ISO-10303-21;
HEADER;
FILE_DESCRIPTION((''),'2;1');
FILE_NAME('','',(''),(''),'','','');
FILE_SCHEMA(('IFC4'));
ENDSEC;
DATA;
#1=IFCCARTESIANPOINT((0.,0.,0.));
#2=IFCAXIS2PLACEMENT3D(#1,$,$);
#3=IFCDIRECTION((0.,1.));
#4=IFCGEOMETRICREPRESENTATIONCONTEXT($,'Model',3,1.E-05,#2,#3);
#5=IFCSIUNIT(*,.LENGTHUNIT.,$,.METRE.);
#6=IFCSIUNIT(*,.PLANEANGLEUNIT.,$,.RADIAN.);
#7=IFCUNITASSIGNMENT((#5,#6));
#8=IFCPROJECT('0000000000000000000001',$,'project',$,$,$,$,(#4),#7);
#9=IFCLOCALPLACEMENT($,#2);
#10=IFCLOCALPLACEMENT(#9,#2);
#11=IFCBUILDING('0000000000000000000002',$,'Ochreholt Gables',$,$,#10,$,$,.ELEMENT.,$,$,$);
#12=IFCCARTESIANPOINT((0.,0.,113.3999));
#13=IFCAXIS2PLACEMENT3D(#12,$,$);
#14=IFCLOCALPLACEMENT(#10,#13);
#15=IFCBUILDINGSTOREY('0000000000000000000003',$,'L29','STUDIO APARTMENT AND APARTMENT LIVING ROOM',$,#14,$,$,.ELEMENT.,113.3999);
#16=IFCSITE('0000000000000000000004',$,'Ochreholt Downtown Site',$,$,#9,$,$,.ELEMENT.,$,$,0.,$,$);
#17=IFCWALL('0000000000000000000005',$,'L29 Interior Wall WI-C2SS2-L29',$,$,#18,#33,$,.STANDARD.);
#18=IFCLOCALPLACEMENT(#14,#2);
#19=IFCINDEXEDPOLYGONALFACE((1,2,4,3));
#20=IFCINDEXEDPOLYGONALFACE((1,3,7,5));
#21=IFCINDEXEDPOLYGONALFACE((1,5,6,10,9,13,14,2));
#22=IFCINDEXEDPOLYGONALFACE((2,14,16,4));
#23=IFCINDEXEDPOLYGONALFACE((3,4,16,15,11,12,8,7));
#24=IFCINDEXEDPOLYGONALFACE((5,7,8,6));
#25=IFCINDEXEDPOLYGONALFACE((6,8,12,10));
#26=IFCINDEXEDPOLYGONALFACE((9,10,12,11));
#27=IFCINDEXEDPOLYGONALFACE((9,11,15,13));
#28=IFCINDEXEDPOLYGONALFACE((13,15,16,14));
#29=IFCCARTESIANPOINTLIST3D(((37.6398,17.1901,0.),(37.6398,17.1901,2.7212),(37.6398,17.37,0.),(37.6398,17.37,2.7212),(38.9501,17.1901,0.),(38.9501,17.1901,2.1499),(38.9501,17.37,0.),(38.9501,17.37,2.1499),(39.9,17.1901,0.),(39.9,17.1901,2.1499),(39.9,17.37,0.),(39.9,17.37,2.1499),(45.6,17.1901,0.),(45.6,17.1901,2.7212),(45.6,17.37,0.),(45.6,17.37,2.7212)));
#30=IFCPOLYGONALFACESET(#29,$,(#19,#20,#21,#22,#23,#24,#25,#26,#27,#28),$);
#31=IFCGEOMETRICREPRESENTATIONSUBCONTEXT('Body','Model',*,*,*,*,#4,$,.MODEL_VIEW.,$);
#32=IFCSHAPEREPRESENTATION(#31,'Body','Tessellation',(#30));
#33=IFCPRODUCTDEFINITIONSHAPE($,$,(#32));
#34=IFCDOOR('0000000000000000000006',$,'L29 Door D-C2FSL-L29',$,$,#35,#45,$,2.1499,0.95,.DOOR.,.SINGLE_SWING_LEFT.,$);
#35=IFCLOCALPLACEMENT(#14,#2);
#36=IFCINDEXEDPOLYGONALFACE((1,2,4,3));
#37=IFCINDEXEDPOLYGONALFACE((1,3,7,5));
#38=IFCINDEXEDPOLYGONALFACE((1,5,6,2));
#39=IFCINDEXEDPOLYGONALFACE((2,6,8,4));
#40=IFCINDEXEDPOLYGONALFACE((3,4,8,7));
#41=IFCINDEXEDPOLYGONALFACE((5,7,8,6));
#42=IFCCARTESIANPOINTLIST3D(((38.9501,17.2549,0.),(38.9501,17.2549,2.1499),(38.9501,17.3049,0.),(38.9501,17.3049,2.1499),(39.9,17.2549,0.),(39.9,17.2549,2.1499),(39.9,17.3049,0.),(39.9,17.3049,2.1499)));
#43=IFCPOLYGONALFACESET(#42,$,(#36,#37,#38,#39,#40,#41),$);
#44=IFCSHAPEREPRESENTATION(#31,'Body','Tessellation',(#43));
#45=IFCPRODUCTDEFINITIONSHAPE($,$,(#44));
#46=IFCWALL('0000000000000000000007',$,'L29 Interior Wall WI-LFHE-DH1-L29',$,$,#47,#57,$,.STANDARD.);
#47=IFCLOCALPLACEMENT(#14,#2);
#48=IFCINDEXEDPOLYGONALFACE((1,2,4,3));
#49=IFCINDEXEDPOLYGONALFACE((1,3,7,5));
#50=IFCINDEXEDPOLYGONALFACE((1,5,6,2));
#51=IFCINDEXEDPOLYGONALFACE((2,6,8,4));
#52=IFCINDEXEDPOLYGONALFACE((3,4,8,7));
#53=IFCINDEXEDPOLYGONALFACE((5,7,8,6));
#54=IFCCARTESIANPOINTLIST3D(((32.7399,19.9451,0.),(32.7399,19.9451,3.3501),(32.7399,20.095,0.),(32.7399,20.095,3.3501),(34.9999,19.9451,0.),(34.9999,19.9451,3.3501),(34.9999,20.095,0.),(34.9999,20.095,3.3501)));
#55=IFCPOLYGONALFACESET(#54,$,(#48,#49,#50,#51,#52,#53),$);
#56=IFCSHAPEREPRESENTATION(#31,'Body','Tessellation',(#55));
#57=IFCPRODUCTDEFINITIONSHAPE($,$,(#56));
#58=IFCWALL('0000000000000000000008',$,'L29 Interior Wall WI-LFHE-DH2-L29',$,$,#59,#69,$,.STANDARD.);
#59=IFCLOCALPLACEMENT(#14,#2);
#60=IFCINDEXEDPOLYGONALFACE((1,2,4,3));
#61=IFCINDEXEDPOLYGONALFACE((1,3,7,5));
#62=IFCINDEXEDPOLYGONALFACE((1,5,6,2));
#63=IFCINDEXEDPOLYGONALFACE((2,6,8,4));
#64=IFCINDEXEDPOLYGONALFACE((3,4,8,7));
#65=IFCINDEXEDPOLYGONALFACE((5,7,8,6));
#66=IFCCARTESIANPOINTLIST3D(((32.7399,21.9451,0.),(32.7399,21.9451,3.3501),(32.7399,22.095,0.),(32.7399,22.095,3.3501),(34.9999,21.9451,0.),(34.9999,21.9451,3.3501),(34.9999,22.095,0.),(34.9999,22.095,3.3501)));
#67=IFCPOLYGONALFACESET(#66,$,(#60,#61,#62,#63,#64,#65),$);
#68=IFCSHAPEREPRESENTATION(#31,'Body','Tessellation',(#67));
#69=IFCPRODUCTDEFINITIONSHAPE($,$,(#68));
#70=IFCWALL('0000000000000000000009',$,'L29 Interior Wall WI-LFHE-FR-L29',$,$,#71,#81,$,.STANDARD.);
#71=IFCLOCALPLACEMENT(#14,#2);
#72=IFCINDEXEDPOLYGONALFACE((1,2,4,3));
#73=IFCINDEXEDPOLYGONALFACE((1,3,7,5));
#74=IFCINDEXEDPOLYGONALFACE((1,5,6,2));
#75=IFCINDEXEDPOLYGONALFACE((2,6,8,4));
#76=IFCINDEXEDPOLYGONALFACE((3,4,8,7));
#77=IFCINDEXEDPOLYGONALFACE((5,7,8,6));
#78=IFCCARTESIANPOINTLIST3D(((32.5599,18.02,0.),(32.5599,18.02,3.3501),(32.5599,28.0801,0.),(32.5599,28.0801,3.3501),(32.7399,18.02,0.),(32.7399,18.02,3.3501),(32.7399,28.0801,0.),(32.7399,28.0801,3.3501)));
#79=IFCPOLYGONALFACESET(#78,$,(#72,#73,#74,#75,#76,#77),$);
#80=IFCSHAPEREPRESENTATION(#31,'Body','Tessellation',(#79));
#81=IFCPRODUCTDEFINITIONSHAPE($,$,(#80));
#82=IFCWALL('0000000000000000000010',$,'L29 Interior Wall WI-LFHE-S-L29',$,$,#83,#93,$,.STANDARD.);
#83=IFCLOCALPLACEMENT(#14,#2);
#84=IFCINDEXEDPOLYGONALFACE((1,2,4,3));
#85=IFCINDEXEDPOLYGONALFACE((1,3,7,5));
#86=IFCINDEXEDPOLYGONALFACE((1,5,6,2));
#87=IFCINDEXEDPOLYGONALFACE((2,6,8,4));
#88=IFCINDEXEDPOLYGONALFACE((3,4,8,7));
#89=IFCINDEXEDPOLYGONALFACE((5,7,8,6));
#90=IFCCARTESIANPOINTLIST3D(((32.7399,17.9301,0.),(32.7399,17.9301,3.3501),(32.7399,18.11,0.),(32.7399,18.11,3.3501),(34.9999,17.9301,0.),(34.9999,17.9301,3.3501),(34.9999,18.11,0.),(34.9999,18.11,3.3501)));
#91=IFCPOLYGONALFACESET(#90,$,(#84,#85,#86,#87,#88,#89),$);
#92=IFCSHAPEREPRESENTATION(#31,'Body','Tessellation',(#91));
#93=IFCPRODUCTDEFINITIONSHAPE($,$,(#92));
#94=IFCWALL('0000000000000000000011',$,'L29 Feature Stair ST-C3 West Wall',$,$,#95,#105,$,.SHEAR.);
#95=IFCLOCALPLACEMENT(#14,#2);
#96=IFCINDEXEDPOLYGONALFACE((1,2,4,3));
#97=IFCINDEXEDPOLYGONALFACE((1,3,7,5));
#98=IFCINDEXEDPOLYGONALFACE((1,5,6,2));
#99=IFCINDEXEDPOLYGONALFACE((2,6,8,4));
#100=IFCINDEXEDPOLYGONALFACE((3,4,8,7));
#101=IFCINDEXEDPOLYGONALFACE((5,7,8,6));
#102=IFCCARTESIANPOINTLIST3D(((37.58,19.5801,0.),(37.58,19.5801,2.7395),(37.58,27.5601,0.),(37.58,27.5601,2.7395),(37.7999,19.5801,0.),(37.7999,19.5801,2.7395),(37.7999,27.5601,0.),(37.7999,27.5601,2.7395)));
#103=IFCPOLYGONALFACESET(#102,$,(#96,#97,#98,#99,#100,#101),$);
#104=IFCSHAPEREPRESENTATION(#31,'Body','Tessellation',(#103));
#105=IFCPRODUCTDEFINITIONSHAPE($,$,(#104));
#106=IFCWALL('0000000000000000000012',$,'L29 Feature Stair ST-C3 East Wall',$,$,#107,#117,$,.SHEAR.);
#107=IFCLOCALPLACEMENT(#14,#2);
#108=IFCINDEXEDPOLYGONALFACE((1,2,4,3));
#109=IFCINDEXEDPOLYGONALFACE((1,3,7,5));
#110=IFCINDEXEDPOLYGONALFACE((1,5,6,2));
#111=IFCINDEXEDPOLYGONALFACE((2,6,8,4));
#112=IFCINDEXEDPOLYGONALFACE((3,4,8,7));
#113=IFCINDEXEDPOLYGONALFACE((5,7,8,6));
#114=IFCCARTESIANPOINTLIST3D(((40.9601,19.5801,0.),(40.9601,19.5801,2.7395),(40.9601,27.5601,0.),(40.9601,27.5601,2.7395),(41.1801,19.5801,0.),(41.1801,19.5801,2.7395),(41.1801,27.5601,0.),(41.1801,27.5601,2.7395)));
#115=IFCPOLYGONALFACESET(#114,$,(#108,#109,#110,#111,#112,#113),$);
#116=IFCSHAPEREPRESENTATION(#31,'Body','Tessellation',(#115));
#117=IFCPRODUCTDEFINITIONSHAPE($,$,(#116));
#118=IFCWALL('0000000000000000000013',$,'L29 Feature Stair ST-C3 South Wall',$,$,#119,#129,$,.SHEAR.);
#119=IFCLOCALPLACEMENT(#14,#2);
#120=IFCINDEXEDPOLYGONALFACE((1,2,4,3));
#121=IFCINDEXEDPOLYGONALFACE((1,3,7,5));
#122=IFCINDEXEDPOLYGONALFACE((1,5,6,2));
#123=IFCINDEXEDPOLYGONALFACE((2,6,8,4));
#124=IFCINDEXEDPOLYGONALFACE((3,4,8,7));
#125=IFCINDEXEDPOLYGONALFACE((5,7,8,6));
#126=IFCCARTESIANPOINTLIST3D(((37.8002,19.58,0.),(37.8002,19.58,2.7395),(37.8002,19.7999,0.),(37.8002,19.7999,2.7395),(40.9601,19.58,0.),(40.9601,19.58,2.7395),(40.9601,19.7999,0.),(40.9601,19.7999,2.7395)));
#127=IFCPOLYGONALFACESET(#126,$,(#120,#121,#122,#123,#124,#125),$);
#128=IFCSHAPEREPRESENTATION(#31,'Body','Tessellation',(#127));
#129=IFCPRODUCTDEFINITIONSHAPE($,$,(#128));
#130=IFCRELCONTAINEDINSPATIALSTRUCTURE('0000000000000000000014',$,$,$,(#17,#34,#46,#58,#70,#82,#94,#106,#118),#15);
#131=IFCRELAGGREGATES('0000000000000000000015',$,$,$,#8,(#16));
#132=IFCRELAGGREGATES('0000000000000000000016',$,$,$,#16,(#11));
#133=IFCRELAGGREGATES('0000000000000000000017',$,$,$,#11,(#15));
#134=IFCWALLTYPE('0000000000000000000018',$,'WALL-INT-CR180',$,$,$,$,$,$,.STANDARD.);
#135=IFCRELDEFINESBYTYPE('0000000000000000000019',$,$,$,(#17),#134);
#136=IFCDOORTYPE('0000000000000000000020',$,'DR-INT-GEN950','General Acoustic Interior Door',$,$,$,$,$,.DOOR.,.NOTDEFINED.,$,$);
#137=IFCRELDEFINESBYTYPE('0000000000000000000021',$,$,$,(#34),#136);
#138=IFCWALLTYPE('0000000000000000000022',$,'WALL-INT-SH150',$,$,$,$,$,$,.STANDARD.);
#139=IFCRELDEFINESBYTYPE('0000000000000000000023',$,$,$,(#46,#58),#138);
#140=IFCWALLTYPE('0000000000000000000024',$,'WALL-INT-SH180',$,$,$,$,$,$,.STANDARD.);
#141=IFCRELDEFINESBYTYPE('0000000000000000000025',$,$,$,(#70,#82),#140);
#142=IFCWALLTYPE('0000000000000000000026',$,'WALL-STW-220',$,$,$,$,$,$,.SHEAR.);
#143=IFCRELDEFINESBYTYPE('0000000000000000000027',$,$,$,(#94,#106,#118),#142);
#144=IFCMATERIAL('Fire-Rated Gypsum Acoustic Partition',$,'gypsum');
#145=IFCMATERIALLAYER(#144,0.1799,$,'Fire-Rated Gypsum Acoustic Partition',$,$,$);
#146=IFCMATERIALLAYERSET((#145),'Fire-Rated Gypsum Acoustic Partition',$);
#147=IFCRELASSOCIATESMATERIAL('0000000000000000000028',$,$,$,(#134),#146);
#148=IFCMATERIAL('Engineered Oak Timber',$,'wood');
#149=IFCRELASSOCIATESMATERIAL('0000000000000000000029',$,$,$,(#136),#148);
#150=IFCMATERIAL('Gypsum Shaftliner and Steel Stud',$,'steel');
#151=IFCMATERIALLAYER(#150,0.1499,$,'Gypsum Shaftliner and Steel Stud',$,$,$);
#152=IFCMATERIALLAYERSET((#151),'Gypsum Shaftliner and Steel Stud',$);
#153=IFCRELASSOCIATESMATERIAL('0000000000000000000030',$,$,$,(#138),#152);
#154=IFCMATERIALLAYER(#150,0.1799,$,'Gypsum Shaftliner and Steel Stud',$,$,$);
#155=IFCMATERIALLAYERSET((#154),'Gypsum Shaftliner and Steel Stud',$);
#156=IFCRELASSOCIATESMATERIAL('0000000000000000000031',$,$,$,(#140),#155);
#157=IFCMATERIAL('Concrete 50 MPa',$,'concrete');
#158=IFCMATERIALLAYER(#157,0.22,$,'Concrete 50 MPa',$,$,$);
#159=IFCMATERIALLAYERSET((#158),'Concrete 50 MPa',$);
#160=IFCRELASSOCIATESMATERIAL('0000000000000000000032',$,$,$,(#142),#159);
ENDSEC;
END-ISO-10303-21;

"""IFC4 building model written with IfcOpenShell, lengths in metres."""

from ifc_helpers import new_model, si_unit, direction, frame, frame_2d, origin, place, context, subcontext, project, spatial, rectangle, extrude, material, layer, layer_set, type_object, element, fill, save


model = new_model("IFC4")

# Units and contexts
model_context = context("Model", 3, precision=1e-05, world=origin(), true_north=direction((0.0, 1.0)))
body_context = subcontext(model_context, "Body", "Model", "MODEL_VIEW")
ifc_project = project(units=[si_unit("LENGTHUNIT", "METRE"), si_unit("PLANEANGLEUNIT", "RADIAN")], contexts=[model_context])

# Site, building, storey
site_placement = place(None, origin())
site = spatial("IfcSite", under=ifc_project, at=site_placement, Name="Ochreholt Downtown Site", CompositionType="ELEMENT", RefElevation=0.0)
building_placement = place(site_placement, origin())
building = spatial("IfcBuilding", under=site, at=building_placement, Name="Ochreholt Gables", CompositionType="ELEMENT")
storey_placement = place(building_placement, frame((0.0, 0.0, 113.3999)))
storey = spatial("IfcBuildingStorey", under=building, at=storey_placement, Name="L29", Description="STUDIO APARTMENT AND APARTMENT LIVING ROOM", CompositionType="ELEMENT", Elevation=113.3999)

# Shared definitions
ifc_material_1 = material(Name="Fire-Rated Gypsum Acoustic Partition", Category="gypsum")
ifc_layer_1 = layer(ifc_material_1, 0.1799, Name="Fire-Rated Gypsum Acoustic Partition")
ifc_layer_set_1 = layer_set([ifc_layer_1], Name="Fire-Rated Gypsum Acoustic Partition")
wall_type_1 = type_object("IfcWallType", Name="WALL-INT-CR180", PredefinedType="STANDARD", material=ifc_layer_set_1)

# Wall, opening, door
ifc_material_2 = material(Name="Engineered Oak Timber", Category="wood")
wall_1_placement = place(storey_placement, frame((37.6399, 17.28, 0.0), z_axis=(0.0, 0.0, 1.0), x_axis=(1.0, 0.0, 0.0)))
wall_1 = element("IfcWall", 1, at=wall_1_placement, inside=storey, type_object=wall_type_1, Name="L29 Interior Wall WI-C2SS2-L29", PredefinedType="STANDARD", context=body_context, shape_type="SweptSolid", body=[
    extrude(rectangle(XDim=7.9602, YDim=0.1799, at=frame_2d((3.98, 0.0))), origin(), (0.0, 0.0, 1.0), 2.7212),
])
opening_1_placement = place(wall_1_placement, frame((1.3101, 0.0, 0.0)))
opening_1 = element("IfcOpeningElement", 2, at=opening_1_placement, cuts=wall_1, PredefinedType="OPENING", context=body_context, shape_type="SweptSolid", body=[
    extrude(rectangle(XDim=0.95, YDim=2.1499, at=frame_2d((0.4751, 1.075))), frame((0.0, 0.0999, 0.0), z_axis=(0.0, -1.0, 0.0), x_axis=(1.0, 0.0, 0.0)), (0.0, 0.0, 1.0), 0.2),
])
door_type_1 = type_object("IfcDoorType", Name="DR-INT-GEN950", Description="General Acoustic Interior Door", OperationType="NOTDEFINED", PredefinedType="DOOR", material=ifc_material_2)
door_1_placement = place(opening_1_placement, origin())
door_1 = element("IfcDoor", 3, at=door_1_placement, inside=storey, type_object=door_type_1, Name="L29 Door D-C2FSL-L29", OperationType="SINGLE_SWING_LEFT", OverallHeight=2.1499, OverallWidth=0.95, PredefinedType="DOOR", context=body_context, shape_type="SweptSolid", body=[
    extrude(rectangle(XDim=0.95, YDim=2.1499, at=frame_2d((0.4751, 1.075))), frame((0.0, 0.0249, 0.0), z_axis=(0.0, -1.0, 0.0), x_axis=(1.0, 0.0, 0.0)), (0.0, 0.0, 1.0), 0.05),
])
fill(opening_1, door_1)

# Walls
ifc_material_3 = material(Name="Gypsum Shaftliner and Steel Stud", Category="steel")
ifc_layer_2 = layer(ifc_material_3, 0.1499, Name="Gypsum Shaftliner and Steel Stud")
ifc_layer_set_2 = layer_set([ifc_layer_2], Name="Gypsum Shaftliner and Steel Stud")
wall_type_2 = type_object("IfcWallType", Name="WALL-INT-SH150", PredefinedType="STANDARD", material=ifc_layer_set_2)
for number, where, z_axis, x_axis, name in (
    (4, (32.74, 20.02, 0.0), (0.0, 0.0, 1.0), (1.0, 0.0, 0.0), "L29 Interior Wall WI-LFHE-DH1-L29"),
    (5, (32.74, 22.02, 0.0), (0.0, 0.0, 1.0), (1.0, 0.0, 0.0), "L29 Interior Wall WI-LFHE-DH2-L29"),
):
    element("IfcWall", number, at=place(storey_placement, frame(where, z_axis=z_axis, x_axis=x_axis)), inside=storey, type_object=wall_type_2, Name=name, PredefinedType="STANDARD", context=body_context, shape_type="SweptSolid", body=[
        extrude(rectangle(XDim=2.26, YDim=0.1499, at=frame_2d((1.1299, 0.0))), origin(), (0.0, 0.0, 1.0), 3.3501),
    ])
ifc_layer_3 = layer(ifc_material_3, 0.1799, Name="Gypsum Shaftliner and Steel Stud")
ifc_layer_set_3 = layer_set([ifc_layer_3], Name="Gypsum Shaftliner and Steel Stud")
wall_type_3 = type_object("IfcWallType", Name="WALL-INT-SH180", PredefinedType="STANDARD", material=ifc_layer_set_3)
wall_2_placement = place(storey_placement, frame((32.6499, 18.02, 0.0), z_axis=(0.0, 0.0, 1.0), x_axis=(0.0, 1.0, 0.0)))
element("IfcWall", 6, at=wall_2_placement, inside=storey, type_object=wall_type_3, Name="L29 Interior Wall WI-LFHE-FR-L29", PredefinedType="STANDARD", context=body_context, shape_type="SweptSolid", body=[
    extrude(rectangle(XDim=10.0601, YDim=0.1799, at=frame_2d((5.03, 0.0))), origin(), (0.0, 0.0, 1.0), 3.3501),
])
wall_3_placement = place(storey_placement, frame((32.74, 18.02, 0.0), z_axis=(0.0, 0.0, 1.0), x_axis=(1.0, 0.0, 0.0)))
element("IfcWall", 7, at=wall_3_placement, inside=storey, type_object=wall_type_3, Name="L29 Interior Wall WI-LFHE-S-L29", PredefinedType="STANDARD", context=body_context, shape_type="SweptSolid", body=[
    extrude(rectangle(XDim=2.26, YDim=0.1799, at=frame_2d((1.1299, 0.0))), origin(), (0.0, 0.0, 1.0), 3.3501),
])
ifc_material_4 = material(Name="Concrete 50 MPa", Category="concrete")
ifc_layer_4 = layer(ifc_material_4, 0.22, Name="Concrete 50 MPa")
ifc_layer_set_4 = layer_set([ifc_layer_4], Name="Concrete 50 MPa")
wall_type_4 = type_object("IfcWallType", Name="WALL-STW-220", PredefinedType="SHEAR", material=ifc_layer_set_4)
for number, where, z_axis, x_axis, name in (
    (8, (37.6899, 19.5801, 0.0), (0.0, 0.0, 1.0), (0.0, 1.0, 0.0), "L29 Feature Stair ST-C3 West Wall"),
    (9, (41.0701, 19.5801, 0.0), (0.0, 0.0, 1.0), (0.0, 1.0, 0.0), "L29 Feature Stair ST-C3 East Wall"),
):
    element("IfcWall", number, at=place(storey_placement, frame(where, z_axis=z_axis, x_axis=x_axis)), inside=storey, type_object=wall_type_4, Name=name, PredefinedType="SHEAR", context=body_context, shape_type="SweptSolid", body=[
        extrude(rectangle(XDim=7.98, YDim=0.22, at=frame_2d((3.99, 0.0))), origin(), (0.0, 0.0, 1.0), 2.7395),
    ])
wall_4_placement = place(storey_placement, frame((37.8, 19.6899, 0.0), z_axis=(0.0, 0.0, 1.0), x_axis=(1.0, 0.0, 0.0)))
element("IfcWall", 10, at=wall_4_placement, inside=storey, type_object=wall_type_4, Name="L29 Feature Stair ST-C3 South Wall", PredefinedType="SHEAR", context=body_context, shape_type="SweptSolid", body=[
    extrude(rectangle(XDim=3.1599, YDim=0.22, at=frame_2d((1.5801, 0.0))), origin(), (0.0, 0.0, 1.0), 2.7395),
])

save(model, "model.ifc")
